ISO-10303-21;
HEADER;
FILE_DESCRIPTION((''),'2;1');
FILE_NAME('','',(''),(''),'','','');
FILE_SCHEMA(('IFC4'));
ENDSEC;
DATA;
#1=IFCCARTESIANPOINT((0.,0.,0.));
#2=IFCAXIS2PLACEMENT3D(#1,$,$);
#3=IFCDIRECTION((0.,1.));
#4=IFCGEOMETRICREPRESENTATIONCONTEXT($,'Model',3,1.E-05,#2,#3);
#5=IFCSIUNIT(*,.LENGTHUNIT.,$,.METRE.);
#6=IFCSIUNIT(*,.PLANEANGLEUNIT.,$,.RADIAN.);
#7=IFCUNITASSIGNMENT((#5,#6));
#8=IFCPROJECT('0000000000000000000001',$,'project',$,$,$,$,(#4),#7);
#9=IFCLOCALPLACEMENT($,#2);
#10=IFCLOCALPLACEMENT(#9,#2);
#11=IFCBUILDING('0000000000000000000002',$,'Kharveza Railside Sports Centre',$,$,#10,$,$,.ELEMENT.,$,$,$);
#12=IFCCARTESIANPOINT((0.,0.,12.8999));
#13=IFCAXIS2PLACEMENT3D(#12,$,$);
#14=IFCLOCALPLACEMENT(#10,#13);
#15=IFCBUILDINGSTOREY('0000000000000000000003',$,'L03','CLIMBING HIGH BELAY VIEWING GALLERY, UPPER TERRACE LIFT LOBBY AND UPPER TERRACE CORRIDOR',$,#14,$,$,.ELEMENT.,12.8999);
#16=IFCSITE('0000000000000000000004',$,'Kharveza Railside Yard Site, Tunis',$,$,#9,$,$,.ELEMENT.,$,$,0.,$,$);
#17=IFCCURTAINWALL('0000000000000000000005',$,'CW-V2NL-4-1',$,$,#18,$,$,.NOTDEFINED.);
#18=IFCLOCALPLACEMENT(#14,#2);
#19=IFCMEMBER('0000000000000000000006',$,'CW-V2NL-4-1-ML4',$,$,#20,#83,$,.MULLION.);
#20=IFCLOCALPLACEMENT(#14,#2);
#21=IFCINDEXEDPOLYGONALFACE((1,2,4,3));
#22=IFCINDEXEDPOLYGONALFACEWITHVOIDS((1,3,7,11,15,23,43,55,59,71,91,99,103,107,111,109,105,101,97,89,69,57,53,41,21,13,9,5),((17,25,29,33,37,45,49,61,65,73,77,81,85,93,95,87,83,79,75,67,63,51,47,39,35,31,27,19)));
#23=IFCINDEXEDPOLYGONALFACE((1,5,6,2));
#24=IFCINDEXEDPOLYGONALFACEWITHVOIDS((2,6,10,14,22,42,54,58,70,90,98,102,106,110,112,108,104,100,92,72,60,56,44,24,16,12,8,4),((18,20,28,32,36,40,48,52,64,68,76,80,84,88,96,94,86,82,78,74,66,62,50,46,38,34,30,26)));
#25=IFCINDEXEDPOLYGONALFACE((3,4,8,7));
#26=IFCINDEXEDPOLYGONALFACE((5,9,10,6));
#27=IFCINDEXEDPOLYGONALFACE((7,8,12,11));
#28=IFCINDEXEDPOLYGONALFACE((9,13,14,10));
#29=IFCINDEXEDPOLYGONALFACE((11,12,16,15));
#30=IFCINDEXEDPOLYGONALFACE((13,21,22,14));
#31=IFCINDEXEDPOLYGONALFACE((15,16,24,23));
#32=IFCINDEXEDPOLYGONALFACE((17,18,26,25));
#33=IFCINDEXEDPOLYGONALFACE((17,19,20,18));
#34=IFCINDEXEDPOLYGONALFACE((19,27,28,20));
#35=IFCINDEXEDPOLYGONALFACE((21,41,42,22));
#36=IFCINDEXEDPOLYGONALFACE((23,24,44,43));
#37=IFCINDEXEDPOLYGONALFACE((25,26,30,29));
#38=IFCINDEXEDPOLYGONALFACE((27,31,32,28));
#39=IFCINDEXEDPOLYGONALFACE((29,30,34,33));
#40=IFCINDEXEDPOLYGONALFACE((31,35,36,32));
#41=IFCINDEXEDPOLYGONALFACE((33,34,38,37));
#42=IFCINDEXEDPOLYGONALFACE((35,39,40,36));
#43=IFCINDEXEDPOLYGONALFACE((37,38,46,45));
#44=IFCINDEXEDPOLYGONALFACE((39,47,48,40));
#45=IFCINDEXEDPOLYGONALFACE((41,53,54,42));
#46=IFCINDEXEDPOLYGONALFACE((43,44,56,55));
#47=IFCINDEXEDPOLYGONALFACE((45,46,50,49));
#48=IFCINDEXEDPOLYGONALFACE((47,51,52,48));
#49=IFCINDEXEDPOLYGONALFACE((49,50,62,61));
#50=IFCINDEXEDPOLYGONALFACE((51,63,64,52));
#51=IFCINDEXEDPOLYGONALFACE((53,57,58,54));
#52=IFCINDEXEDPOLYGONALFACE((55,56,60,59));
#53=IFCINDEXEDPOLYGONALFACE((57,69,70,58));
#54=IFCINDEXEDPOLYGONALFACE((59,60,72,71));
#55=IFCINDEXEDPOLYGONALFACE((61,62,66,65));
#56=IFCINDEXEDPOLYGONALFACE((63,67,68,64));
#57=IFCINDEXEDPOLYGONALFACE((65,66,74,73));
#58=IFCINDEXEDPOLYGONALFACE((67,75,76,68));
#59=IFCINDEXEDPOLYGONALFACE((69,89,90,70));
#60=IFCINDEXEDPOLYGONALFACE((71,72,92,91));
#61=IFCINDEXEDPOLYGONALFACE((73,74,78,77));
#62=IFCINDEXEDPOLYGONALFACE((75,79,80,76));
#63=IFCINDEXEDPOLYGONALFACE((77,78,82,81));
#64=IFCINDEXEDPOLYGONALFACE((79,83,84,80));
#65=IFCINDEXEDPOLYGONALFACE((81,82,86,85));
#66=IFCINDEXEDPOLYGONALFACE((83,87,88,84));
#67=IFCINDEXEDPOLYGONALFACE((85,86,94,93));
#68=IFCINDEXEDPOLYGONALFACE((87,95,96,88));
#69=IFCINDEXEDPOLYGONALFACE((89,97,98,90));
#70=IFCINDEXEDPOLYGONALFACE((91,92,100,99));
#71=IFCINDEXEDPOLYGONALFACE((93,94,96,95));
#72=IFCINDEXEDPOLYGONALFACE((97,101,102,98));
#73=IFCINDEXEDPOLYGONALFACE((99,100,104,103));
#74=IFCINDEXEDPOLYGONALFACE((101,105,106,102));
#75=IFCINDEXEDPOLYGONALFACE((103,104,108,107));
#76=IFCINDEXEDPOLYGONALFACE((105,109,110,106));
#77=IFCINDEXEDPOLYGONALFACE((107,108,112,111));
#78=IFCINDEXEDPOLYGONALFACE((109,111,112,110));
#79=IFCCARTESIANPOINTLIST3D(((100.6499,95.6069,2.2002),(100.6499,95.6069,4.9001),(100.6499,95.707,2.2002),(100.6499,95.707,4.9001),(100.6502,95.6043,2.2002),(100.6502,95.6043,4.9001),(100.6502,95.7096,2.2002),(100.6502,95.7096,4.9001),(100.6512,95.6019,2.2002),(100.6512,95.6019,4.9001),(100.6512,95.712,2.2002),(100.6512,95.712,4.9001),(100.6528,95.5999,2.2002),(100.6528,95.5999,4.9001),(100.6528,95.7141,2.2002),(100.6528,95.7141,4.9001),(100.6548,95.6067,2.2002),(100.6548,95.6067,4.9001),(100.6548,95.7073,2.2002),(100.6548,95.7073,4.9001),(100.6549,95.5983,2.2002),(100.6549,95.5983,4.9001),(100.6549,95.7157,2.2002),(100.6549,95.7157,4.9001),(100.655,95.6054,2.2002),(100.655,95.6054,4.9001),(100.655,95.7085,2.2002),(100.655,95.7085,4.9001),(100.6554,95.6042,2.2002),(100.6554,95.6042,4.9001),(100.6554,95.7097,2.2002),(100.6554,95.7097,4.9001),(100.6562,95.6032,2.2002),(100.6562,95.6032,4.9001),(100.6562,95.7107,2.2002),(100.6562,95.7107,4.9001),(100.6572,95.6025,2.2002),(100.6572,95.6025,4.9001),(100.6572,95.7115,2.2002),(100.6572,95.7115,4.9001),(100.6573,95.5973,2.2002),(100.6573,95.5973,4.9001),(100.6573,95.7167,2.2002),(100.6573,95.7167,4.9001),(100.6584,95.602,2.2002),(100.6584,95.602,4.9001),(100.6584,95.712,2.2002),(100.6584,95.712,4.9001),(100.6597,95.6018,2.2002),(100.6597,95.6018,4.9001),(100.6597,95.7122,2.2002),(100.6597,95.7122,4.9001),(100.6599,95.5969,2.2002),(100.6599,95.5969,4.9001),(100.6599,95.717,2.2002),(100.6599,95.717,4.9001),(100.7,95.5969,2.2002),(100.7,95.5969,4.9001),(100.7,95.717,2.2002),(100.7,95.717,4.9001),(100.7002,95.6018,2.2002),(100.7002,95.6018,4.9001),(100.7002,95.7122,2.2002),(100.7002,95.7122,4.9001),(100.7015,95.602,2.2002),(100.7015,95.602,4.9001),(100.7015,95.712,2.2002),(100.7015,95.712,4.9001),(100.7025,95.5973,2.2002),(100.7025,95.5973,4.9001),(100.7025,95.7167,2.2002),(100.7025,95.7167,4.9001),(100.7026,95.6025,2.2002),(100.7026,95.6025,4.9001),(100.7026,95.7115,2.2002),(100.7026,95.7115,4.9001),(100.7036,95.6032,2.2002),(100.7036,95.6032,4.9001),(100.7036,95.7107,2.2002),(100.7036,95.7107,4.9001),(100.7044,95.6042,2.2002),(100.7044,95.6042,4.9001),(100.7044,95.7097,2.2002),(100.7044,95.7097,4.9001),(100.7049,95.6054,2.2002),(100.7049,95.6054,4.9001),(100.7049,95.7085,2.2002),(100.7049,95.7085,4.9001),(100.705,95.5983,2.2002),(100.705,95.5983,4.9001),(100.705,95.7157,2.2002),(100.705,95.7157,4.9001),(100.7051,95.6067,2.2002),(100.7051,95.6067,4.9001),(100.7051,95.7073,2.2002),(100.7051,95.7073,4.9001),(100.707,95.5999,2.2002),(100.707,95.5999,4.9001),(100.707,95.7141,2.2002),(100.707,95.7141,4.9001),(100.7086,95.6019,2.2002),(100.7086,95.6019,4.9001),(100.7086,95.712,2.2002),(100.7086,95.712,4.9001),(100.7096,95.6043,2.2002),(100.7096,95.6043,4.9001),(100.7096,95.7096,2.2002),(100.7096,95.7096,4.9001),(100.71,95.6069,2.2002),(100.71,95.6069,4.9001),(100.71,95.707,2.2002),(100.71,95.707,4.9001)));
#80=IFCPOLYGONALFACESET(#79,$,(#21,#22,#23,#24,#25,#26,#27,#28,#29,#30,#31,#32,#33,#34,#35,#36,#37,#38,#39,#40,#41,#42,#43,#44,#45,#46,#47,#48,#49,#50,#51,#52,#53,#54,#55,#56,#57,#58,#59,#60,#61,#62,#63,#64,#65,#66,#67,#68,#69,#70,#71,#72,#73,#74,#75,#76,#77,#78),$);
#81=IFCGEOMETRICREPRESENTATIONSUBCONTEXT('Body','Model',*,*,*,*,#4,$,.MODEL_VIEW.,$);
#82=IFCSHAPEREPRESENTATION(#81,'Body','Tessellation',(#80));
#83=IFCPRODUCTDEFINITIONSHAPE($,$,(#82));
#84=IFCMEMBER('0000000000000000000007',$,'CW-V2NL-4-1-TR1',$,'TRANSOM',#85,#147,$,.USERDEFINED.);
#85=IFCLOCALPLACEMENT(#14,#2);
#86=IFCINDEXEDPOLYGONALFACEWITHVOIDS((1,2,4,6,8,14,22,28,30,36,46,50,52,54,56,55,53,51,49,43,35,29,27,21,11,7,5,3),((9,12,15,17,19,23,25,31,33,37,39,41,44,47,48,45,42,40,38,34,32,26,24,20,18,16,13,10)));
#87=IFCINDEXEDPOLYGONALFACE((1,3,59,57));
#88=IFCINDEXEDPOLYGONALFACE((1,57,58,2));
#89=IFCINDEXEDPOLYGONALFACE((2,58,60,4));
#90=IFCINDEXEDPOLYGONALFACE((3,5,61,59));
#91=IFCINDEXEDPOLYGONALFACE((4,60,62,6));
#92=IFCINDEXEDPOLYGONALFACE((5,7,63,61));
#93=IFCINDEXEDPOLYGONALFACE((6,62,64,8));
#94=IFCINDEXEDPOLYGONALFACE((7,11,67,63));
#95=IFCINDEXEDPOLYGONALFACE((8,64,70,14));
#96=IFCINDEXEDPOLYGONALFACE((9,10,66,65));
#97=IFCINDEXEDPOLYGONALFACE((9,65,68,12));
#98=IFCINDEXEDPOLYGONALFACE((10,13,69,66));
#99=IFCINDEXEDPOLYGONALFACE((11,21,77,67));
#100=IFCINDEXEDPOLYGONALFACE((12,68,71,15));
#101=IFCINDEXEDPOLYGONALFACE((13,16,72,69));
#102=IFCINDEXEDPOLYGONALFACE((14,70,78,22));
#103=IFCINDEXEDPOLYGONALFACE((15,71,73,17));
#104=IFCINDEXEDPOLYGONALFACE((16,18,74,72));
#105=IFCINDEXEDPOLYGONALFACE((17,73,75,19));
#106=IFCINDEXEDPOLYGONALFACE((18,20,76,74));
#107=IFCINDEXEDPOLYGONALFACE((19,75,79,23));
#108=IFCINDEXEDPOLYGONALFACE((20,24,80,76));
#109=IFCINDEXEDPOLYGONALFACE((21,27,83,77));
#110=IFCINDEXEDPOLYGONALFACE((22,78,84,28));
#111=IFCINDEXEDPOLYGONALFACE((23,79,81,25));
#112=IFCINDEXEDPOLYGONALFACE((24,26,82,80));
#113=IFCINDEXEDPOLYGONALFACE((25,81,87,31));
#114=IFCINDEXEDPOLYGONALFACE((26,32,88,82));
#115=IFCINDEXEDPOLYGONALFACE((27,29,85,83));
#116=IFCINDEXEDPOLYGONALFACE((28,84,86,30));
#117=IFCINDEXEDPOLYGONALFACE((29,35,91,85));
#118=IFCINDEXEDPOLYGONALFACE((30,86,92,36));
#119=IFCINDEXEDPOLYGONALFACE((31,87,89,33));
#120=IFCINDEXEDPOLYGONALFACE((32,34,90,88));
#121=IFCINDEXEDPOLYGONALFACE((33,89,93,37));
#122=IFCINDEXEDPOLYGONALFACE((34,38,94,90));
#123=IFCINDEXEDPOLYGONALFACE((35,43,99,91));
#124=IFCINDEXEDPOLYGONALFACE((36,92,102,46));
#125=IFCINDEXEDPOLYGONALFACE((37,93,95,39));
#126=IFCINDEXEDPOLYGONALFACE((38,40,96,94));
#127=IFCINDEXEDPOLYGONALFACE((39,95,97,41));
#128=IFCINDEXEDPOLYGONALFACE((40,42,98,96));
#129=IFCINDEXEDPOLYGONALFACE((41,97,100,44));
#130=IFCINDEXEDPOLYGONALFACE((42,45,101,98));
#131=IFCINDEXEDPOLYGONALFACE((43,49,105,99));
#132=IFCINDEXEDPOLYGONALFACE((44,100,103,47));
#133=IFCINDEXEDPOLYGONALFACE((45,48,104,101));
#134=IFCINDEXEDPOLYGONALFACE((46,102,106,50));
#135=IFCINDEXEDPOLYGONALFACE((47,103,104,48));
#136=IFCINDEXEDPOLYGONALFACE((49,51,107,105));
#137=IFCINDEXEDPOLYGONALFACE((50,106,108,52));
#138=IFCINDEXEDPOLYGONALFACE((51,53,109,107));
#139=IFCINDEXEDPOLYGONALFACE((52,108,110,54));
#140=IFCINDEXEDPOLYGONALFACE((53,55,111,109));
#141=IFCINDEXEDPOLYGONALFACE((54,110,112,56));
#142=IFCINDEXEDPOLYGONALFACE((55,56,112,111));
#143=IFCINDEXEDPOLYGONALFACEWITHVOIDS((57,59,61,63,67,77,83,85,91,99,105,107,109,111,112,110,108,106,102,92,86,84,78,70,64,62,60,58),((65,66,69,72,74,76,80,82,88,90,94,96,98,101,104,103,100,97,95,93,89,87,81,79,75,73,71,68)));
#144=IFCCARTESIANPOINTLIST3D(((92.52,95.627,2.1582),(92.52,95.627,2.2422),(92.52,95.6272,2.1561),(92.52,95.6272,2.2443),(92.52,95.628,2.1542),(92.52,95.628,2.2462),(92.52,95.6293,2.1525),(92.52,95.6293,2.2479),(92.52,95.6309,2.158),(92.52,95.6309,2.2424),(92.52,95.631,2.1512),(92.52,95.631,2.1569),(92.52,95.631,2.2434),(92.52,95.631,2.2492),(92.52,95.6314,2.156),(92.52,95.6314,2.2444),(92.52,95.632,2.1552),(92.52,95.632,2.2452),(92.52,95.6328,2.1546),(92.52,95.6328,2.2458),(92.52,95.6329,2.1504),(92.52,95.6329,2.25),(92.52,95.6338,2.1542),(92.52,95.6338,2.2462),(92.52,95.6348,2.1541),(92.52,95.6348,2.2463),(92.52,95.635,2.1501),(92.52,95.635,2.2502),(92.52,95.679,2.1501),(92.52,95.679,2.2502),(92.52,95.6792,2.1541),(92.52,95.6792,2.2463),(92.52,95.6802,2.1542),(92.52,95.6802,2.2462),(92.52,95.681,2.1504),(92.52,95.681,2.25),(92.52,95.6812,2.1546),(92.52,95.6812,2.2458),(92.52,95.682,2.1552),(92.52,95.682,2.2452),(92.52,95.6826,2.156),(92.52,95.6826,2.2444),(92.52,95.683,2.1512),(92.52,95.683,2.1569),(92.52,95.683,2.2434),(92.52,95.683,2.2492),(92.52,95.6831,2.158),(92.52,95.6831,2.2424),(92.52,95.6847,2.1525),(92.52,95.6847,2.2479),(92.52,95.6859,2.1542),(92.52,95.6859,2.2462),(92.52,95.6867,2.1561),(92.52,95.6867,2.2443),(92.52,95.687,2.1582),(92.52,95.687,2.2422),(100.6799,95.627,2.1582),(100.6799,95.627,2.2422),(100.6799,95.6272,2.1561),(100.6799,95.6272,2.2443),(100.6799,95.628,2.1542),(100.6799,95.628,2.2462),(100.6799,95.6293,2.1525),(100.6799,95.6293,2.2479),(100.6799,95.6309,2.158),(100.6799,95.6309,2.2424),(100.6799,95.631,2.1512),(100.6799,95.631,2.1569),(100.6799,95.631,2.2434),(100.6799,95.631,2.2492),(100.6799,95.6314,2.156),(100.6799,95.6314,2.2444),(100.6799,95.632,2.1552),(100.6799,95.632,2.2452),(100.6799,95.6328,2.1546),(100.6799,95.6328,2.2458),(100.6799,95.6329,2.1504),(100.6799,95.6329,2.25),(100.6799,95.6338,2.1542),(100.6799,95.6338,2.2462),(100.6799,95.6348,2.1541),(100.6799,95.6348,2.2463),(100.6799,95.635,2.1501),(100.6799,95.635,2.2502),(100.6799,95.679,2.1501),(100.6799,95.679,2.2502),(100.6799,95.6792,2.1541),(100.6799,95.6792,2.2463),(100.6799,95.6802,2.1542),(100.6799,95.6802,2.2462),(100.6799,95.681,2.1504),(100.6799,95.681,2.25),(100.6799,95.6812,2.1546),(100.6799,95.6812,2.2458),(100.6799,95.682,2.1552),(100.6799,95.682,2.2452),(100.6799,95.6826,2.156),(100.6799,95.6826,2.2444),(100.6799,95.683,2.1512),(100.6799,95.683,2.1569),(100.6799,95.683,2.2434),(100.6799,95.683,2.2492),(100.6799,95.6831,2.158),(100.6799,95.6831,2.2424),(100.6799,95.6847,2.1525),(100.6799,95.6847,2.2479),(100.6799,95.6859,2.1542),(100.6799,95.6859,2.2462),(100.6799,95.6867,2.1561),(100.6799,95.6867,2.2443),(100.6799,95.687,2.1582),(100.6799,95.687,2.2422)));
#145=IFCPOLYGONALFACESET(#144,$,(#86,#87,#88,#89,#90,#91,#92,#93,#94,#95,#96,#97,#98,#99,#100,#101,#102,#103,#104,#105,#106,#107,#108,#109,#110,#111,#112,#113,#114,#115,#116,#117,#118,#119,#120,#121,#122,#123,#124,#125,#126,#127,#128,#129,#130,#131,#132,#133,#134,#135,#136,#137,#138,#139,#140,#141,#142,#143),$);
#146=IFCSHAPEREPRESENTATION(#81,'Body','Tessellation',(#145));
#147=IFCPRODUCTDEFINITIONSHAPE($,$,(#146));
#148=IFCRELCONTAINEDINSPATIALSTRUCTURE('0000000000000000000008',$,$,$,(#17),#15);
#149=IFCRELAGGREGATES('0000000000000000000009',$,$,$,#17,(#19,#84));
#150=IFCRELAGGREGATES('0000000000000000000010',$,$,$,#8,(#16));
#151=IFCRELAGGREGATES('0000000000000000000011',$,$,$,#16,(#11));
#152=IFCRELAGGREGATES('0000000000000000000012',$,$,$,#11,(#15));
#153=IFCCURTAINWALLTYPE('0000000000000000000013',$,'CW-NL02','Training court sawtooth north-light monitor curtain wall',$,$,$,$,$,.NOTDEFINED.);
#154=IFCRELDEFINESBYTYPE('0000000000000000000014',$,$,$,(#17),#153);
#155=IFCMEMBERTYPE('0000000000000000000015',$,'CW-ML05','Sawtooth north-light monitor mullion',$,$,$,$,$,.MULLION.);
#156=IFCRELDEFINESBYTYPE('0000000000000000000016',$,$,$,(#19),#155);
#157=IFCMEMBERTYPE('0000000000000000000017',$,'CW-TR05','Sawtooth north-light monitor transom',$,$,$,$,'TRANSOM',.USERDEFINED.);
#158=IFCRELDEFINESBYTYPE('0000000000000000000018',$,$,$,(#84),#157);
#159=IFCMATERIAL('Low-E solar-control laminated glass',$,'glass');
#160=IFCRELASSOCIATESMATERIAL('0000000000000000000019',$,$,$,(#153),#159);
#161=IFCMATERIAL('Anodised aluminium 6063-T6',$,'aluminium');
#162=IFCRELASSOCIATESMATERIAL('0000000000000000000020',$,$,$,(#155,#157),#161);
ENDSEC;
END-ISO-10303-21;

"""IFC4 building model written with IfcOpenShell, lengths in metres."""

from ifc_helpers import new_model, si_unit, direction, frame, origin, origin_2d, place, context, subcontext, project, spatial, hollow_rectangle, extrude, material, material_profile, profile_set, type_object, element, aggregate, save


model = new_model("IFC4")

# Units and contexts
model_context = context("Model", 3, precision=1e-05, world=origin(), true_north=direction((0.0, 1.0)))
body_context = subcontext(model_context, "Body", "Model", "MODEL_VIEW")
ifc_project = project(units=[si_unit("LENGTHUNIT", "METRE"), si_unit("PLANEANGLEUNIT", "RADIAN")], contexts=[model_context])

# Site, building, storey
site_placement = place(None, origin())
site = spatial("IfcSite", under=ifc_project, at=site_placement, Name="Kharveza Railside Yard Site, Tunis", CompositionType="ELEMENT", RefElevation=0.0)
building_placement = place(site_placement, origin())
building = spatial("IfcBuilding", under=site, at=building_placement, Name="Kharveza Railside Sports Centre", CompositionType="ELEMENT")
storey_placement = place(building_placement, frame((0.0, 0.0, 12.8999)))
storey = spatial("IfcBuildingStorey", under=building, at=storey_placement, Name="L03", Description="CLIMBING HIGH BELAY VIEWING GALLERY, UPPER TERRACE LIFT LOBBY AND UPPER TERRACE CORRIDOR", CompositionType="ELEMENT", Elevation=12.8999)

# Curtain wall, members
ifc_material_1 = material(Name="Low-E solar-control laminated glass", Category="glass")
curtain_wall_type = type_object("IfcCurtainWallType", Name="CW-NL02", Description="Training court sawtooth north-light monitor curtain wall", PredefinedType="NOTDEFINED", material=ifc_material_1)
ifc_material_2 = material(Name="Anodised aluminium 6063-T6", Category="aluminium")
ifc_material_profile_1 = material_profile(ifc_material_2, hollow_rectangle(XDim=0.0601, YDim=0.1201, WallThickness=0.0049, InnerFilletRadius=0.0049, OuterFilletRadius=0.01, at=origin_2d()), Name="RHS 60x120x5.0")
ifc_profile_set_1 = profile_set([ifc_material_profile_1], Name="Anodised aluminium 6063-T6")
member_type_1 = type_object("IfcMemberType", Name="CW-ML05", Description="Sawtooth north-light monitor mullion", PredefinedType="MULLION", material=ifc_profile_set_1)
curtain_wall_1_placement = place(storey_placement, origin())
curtain_wall_1 = element("IfcCurtainWall", 1, at=curtain_wall_1_placement, inside=storey, type_object=curtain_wall_type, Name="CW-V2NL-4-1", PredefinedType="NOTDEFINED")
member_1_placement = place(storey_placement, frame((100.6799, 95.657, 2.2002), z_axis=(0.0, 0.0, 1.0), x_axis=(1.0, 0.0, 0.0)))
member_1 = element("IfcMember", 2, at=member_1_placement, type_object=member_type_1, Name="CW-V2NL-4-1-ML4", PredefinedType="MULLION", context=body_context, shape_type="SweptSolid", body=[
    extrude(hollow_rectangle(XDim=0.0601, YDim=0.1201, WallThickness=0.0049, InnerFilletRadius=0.0049, OuterFilletRadius=0.01, at=origin_2d()), origin(), (0.0, 0.0, 1.0), 2.7),
])
ifc_material_profile_2 = material_profile(ifc_material_2, hollow_rectangle(XDim=0.0601, YDim=0.1001, WallThickness=0.0039, InnerFilletRadius=0.0039, OuterFilletRadius=0.0081, at=origin_2d()), Name="RHS 60x100x4.0")
ifc_profile_set_2 = profile_set([ifc_material_profile_2], Name="Anodised aluminium 6063-T6")
member_type_2 = type_object("IfcMemberType", Name="CW-TR05", Description="Sawtooth north-light monitor transom", ElementType="TRANSOM", PredefinedType="USERDEFINED", material=ifc_profile_set_2)
member_2_placement = place(storey_placement, frame((92.52, 95.657, 2.2002), z_axis=(1.0, 0.0, 0.0), x_axis=(0.0, 1.0, 0.0)))
member_2 = element("IfcMember", 3, at=member_2_placement, type_object=member_type_2, Name="CW-V2NL-4-1-TR1", ObjectType="TRANSOM", PredefinedType="USERDEFINED", context=body_context, shape_type="SweptSolid", body=[
    extrude(hollow_rectangle(XDim=0.0601, YDim=0.1001, WallThickness=0.0039, InnerFilletRadius=0.0039, OuterFilletRadius=0.0081, at=origin_2d()), origin(), (0.0, 0.0, 1.0), 8.1599),
])

aggregate(curtain_wall_1, [member_1, member_2])

save(model, "model.ifc")
